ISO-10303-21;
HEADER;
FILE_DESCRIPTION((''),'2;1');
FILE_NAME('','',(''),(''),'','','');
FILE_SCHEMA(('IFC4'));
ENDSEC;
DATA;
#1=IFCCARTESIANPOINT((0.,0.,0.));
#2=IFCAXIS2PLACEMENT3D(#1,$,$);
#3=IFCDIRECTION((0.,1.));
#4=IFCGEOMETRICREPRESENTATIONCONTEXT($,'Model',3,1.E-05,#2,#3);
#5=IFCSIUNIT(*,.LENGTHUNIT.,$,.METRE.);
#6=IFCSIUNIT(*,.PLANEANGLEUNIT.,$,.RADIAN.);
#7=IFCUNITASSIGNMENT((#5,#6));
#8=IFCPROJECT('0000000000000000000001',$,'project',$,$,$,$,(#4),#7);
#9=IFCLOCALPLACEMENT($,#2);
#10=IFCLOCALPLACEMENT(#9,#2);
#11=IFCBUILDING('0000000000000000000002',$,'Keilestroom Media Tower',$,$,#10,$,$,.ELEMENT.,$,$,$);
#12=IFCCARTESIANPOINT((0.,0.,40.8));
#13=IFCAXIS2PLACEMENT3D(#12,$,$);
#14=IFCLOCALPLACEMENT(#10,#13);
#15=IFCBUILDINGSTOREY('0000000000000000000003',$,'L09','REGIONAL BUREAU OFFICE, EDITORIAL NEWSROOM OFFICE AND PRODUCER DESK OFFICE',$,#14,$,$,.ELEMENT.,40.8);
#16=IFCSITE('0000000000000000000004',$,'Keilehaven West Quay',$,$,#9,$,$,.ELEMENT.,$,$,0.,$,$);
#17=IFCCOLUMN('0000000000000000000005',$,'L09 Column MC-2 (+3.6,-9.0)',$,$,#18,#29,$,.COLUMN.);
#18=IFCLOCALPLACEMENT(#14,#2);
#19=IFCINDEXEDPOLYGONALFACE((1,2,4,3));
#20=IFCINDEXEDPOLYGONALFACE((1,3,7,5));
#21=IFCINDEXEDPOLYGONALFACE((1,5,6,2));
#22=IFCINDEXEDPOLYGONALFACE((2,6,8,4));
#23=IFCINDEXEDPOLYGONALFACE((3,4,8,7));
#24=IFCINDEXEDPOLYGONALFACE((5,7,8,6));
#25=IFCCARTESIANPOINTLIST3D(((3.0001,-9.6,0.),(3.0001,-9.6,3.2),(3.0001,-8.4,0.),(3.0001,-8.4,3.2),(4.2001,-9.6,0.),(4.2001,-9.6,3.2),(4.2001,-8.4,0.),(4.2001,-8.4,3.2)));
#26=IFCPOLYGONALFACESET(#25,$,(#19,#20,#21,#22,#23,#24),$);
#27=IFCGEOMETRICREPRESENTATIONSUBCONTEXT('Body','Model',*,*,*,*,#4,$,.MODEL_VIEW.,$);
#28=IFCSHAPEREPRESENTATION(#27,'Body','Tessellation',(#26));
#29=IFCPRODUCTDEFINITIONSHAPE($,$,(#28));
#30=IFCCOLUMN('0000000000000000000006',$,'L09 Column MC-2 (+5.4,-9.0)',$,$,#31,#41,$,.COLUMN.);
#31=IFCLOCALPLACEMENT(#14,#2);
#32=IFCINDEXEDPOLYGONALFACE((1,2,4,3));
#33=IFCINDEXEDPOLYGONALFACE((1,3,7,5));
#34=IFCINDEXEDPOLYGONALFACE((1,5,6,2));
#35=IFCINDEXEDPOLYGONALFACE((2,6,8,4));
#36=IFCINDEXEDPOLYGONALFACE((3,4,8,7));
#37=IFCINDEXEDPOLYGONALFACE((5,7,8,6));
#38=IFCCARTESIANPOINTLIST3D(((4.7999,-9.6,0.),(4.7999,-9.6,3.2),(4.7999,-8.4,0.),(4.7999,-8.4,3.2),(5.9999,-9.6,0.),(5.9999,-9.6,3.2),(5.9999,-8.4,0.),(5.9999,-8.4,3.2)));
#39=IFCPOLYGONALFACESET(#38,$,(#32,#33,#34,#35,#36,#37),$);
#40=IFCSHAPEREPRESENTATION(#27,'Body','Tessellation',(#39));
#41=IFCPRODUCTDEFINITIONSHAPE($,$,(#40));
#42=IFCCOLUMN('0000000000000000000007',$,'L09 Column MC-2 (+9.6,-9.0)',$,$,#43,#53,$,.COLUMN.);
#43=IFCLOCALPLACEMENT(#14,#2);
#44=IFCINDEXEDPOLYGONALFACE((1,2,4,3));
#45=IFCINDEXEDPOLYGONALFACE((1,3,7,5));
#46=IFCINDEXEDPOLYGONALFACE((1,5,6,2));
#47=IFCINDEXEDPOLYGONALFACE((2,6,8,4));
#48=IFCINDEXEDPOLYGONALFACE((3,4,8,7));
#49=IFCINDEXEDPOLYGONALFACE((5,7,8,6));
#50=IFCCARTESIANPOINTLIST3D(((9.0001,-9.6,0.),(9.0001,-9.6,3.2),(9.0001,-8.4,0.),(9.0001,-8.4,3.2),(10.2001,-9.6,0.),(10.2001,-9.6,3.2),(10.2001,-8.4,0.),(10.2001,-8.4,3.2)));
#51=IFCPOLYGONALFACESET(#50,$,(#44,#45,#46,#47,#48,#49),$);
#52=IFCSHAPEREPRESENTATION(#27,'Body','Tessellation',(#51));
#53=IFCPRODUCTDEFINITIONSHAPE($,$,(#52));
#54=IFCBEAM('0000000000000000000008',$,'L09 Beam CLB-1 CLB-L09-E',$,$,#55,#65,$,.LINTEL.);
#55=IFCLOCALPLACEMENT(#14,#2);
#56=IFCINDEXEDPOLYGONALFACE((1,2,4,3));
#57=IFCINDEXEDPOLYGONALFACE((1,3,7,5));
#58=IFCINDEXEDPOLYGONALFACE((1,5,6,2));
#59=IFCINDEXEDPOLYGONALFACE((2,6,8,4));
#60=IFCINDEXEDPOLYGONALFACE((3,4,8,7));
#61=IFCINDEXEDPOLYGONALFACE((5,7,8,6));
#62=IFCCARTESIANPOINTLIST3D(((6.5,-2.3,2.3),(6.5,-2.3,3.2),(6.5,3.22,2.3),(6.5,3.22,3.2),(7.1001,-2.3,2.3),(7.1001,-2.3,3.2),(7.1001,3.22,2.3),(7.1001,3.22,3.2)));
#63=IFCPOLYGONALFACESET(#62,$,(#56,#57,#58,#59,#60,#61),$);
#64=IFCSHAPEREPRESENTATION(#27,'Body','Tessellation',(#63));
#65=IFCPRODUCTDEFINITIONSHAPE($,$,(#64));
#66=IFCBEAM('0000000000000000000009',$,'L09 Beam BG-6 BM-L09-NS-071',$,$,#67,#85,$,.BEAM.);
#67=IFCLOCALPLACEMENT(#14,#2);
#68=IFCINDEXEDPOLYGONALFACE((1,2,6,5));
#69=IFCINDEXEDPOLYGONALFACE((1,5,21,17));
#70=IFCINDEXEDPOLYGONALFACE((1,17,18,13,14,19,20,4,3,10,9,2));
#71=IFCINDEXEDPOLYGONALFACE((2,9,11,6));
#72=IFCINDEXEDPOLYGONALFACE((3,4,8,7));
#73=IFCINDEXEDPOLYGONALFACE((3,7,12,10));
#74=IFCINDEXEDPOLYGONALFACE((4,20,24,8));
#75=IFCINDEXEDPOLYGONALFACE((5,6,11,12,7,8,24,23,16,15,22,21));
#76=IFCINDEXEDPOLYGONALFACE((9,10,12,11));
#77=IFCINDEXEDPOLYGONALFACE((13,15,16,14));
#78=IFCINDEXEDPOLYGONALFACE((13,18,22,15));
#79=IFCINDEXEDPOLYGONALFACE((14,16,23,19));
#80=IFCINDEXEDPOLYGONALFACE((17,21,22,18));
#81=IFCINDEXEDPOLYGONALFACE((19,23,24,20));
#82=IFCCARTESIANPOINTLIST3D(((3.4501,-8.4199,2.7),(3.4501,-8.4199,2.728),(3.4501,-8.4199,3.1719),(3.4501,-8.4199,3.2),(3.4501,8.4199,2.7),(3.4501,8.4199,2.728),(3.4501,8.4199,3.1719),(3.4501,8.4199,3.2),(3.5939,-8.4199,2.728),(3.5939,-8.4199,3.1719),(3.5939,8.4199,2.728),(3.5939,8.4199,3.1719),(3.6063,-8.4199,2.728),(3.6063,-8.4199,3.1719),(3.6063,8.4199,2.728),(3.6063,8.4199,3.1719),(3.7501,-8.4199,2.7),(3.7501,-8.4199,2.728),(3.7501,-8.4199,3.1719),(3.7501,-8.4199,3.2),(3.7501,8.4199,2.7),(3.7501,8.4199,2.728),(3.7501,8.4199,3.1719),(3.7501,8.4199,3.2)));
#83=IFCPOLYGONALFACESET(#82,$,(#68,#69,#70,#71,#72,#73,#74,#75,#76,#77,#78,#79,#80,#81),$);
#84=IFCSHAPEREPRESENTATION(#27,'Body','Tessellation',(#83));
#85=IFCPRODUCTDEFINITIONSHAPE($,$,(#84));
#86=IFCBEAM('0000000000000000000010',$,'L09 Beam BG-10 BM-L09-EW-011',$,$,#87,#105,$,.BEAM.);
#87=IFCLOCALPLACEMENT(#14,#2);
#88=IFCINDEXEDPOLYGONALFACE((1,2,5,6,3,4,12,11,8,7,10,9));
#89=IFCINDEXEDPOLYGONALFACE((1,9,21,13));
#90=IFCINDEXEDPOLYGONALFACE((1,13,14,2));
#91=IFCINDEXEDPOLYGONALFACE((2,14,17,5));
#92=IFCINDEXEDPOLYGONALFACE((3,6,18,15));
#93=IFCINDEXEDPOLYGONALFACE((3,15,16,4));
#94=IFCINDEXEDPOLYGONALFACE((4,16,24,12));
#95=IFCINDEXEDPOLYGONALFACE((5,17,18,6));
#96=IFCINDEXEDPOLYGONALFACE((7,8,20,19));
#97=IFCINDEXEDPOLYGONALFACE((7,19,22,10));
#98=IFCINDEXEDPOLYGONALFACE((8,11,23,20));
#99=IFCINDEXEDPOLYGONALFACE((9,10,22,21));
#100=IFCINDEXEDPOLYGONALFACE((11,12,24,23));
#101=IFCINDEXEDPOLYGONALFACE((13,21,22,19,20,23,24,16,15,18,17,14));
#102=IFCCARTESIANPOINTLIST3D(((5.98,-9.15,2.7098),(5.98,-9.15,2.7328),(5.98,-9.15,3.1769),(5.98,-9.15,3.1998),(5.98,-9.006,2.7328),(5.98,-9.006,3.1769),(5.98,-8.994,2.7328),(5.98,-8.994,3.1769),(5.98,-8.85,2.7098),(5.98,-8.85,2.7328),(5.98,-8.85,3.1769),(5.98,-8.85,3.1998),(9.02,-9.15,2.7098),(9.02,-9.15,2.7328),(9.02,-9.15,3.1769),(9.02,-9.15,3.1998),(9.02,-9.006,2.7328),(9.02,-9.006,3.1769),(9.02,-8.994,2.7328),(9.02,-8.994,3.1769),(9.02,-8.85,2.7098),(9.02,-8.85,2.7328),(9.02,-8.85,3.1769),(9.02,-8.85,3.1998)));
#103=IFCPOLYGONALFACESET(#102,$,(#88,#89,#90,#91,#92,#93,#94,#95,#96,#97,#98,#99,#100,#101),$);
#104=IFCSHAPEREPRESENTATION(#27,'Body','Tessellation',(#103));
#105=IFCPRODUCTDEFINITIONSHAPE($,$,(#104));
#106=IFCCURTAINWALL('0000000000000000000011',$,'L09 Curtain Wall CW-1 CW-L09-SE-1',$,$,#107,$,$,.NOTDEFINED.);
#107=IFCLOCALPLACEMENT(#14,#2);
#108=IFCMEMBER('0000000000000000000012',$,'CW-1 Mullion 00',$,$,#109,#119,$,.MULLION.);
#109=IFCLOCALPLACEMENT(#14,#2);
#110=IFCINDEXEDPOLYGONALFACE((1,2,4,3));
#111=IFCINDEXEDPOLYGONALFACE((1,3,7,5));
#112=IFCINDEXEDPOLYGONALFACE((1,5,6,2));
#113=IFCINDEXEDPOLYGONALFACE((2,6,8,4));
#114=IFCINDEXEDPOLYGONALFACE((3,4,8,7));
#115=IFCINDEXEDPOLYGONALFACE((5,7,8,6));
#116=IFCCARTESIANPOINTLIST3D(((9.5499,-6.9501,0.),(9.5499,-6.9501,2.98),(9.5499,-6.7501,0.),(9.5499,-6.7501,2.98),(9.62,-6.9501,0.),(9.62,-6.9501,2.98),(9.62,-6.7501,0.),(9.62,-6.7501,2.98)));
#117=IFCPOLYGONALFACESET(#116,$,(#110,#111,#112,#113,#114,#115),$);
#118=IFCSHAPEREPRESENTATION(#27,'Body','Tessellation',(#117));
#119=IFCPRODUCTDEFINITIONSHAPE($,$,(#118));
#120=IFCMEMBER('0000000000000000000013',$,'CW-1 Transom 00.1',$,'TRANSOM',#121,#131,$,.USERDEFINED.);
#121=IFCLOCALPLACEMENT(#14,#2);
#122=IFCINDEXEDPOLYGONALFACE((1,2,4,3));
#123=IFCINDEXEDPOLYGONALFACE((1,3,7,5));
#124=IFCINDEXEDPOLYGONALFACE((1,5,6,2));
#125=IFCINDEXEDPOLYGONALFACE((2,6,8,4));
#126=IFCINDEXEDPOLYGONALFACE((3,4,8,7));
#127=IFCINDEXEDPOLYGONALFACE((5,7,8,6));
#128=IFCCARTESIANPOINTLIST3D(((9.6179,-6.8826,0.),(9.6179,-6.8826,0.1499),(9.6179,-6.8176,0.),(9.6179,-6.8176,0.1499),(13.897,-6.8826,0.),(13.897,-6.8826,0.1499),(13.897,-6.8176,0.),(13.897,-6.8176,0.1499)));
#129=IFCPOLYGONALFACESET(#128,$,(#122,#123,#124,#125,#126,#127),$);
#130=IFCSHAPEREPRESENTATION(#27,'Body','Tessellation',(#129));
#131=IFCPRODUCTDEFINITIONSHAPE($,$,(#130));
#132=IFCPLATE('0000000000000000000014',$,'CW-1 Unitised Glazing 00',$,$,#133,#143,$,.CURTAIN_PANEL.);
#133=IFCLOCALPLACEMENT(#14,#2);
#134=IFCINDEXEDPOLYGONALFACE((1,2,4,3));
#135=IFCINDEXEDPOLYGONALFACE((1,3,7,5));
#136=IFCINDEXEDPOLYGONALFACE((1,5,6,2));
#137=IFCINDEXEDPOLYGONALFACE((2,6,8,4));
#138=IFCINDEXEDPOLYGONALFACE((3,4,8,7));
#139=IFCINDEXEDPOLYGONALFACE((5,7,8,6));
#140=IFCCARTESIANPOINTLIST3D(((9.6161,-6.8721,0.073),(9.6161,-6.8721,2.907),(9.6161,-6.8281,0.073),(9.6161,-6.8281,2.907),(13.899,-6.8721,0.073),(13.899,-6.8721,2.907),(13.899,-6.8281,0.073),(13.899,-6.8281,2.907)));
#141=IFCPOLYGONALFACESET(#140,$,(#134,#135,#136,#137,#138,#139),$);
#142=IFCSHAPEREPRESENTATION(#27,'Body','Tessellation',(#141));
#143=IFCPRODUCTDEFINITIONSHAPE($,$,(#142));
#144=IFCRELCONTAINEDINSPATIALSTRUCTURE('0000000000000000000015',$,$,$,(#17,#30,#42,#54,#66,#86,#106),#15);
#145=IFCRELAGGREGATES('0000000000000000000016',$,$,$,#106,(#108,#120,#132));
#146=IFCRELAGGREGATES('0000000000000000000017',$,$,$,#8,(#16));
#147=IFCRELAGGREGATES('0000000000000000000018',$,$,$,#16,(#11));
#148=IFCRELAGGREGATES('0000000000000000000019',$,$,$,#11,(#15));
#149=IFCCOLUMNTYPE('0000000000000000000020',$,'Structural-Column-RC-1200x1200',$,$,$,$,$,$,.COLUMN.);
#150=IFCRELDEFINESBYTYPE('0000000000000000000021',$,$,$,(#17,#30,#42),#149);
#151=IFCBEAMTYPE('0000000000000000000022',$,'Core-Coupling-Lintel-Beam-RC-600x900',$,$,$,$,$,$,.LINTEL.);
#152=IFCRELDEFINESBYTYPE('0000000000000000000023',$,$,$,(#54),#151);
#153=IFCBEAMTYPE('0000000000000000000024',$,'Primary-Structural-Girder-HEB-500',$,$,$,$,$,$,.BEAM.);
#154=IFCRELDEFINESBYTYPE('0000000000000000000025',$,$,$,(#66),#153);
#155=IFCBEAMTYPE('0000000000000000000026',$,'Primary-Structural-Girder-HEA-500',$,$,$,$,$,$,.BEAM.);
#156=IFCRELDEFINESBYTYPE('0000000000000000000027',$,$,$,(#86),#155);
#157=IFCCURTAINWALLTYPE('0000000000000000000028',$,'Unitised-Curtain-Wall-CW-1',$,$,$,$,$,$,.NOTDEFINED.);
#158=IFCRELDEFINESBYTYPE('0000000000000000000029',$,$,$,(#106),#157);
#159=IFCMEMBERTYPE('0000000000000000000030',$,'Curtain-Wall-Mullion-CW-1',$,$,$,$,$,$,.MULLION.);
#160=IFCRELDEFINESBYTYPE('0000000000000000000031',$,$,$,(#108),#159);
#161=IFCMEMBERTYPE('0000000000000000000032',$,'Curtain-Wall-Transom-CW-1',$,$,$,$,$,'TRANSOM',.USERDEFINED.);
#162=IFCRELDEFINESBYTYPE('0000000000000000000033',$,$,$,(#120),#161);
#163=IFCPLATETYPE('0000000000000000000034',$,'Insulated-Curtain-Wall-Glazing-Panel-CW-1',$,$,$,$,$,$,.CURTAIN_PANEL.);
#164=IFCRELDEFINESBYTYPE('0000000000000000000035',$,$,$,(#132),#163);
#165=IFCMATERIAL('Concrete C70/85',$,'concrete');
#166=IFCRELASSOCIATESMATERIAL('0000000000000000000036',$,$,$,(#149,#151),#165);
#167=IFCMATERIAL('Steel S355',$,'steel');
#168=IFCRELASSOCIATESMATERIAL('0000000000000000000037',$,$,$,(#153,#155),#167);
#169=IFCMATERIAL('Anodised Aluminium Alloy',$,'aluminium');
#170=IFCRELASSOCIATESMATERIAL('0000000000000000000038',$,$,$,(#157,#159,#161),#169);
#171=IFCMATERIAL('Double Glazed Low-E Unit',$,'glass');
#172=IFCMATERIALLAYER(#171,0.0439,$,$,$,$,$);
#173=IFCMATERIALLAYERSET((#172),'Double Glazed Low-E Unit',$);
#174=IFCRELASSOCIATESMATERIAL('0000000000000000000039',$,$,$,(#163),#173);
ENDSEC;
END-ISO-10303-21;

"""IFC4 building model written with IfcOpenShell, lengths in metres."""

from ifc_helpers import new_model, si_unit, direction, frame, origin, origin_2d, place, context, subcontext, project, spatial, rectangle, i_section, extrude, source, transform, mapped, material, layer, layer_set, material_profile, profile_set, type_object, element, aggregate, save


model = new_model("IFC4")

# Units and contexts
model_context = context("Model", 3, precision=1e-05, world=origin(), true_north=direction((0.0, 1.0)))
body_context = subcontext(model_context, "Body", "Model", "MODEL_VIEW")
ifc_project = project(units=[si_unit("LENGTHUNIT", "METRE"), si_unit("PLANEANGLEUNIT", "RADIAN")], contexts=[model_context])

# Site, building, storey
site_placement = place(None, origin())
site = spatial("IfcSite", under=ifc_project, at=site_placement, Name="Keilehaven West Quay", CompositionType="ELEMENT", RefElevation=0.0)
building_placement = place(site_placement, origin())
building = spatial("IfcBuilding", under=site, at=building_placement, Name="Keilestroom Media Tower", CompositionType="ELEMENT")
storey_placement = place(building_placement, frame((0.0, 0.0, 40.8)))
storey = spatial("IfcBuildingStorey", under=building, at=storey_placement, Name="L09", Description="REGIONAL BUREAU OFFICE, EDITORIAL NEWSROOM OFFICE AND PRODUCER DESK OFFICE", CompositionType="ELEMENT", Elevation=40.8)

# Columns
ifc_material_1 = material(Name="Concrete C70/85", Category="concrete")
ifc_material_profile_1 = material_profile(ifc_material_1, rectangle(XDim=1.2, YDim=1.2, at=origin_2d()), Name="RC 1200x1200")
ifc_profile_set_1 = profile_set([ifc_material_profile_1], Name="Concrete C70/85")
column_type = type_object("IfcColumnType", Name="Structural-Column-RC-1200x1200", PredefinedType="COLUMN", material=ifc_profile_set_1)
shared_shape_1 = source(origin(), body_context, "Body", "SweptSolid", [
    extrude(rectangle(XDim=1.2, YDim=1.2, at=origin_2d()), origin(), (0.0, 0.0, 1.0), 3.2),
])
for number, where, z_axis, x_axis, name in (
    (1, (3.6001, -9.0, 0.0), (0.0, 0.0, 1.0), (1.0, 0.0, 0.0), "L09 Column MC-2 (+3.6,-9.0)"),
    (2, (5.3999, -9.0, 0.0), (0.0, 0.0, 1.0), (1.0, 0.0, 0.0), "L09 Column MC-2 (+5.4,-9.0)"),
    (3, (9.6001, -9.0, 0.0), (0.0, 0.0, 1.0), (1.0, 0.0, 0.0), "L09 Column MC-2 (+9.6,-9.0)"),
):
    element("IfcColumn", number, at=place(storey_placement, frame(where, z_axis=z_axis, x_axis=x_axis)), inside=storey, type_object=column_type, Name=name, PredefinedType="COLUMN", context=body_context, shape_type="MappedRepresentation", body=[
        mapped(shared_shape_1, transform((0.0, 0.0, 0.0), x_axis=(1.0, 0.0, 0.0), y_axis=(0.0, 1.0, 0.0), z_axis=(0.0, 0.0, 1.0), scale=1.0)),
    ])

# Beams
ifc_material_profile_2 = material_profile(ifc_material_1, rectangle(XDim=0.6001, YDim=0.8999, at=origin_2d()), Name="RC 600x900")
ifc_profile_set_2 = profile_set([ifc_material_profile_2], Name="Concrete C70/85")
beam_type_1 = type_object("IfcBeamType", Name="Core-Coupling-Lintel-Beam-RC-600x900", PredefinedType="LINTEL", material=ifc_profile_set_2)
shared_shape_2 = source(origin(), body_context, "Body", "SweptSolid", [
    extrude(rectangle(XDim=0.6001, YDim=0.8999, at=origin_2d()), origin(), (0.0, 0.0, 1.0), 5.52),
])
beam_1_placement = place(storey_placement, frame((6.8, -2.3, 2.75), z_axis=(0.0, 1.0, 0.0), x_axis=(-1.0, 0.0, 0.0)))
element("IfcBeam", 4, at=beam_1_placement, inside=storey, type_object=beam_type_1, Name="L09 Beam CLB-1 CLB-L09-E", PredefinedType="LINTEL", context=body_context, shape_type="MappedRepresentation", body=[
    mapped(shared_shape_2, transform((0.0, 0.0, 0.0), x_axis=(1.0, 0.0, 0.0), y_axis=(0.0, 1.0, 0.0), z_axis=(0.0, 0.0, 1.0), scale=1.0)),
])
ifc_material_2 = material(Name="Steel S355", Category="steel")
ifc_material_profile_3 = material_profile(ifc_material_2, i_section(OverallWidth=0.3, OverallDepth=0.5, WebThickness=0.0125, FlangeThickness=0.0281, at=origin_2d()), Name="HEB 500")
ifc_profile_set_3 = profile_set([ifc_material_profile_3], Name="Steel S355")
beam_type_2 = type_object("IfcBeamType", Name="Primary-Structural-Girder-HEB-500", PredefinedType="BEAM", material=ifc_profile_set_3)
shared_shape_3 = source(origin(), body_context, "Body", "SweptSolid", [
    extrude(i_section(OverallWidth=0.3, OverallDepth=0.5, WebThickness=0.0125, FlangeThickness=0.0281, at=origin_2d()), origin(), (0.0, 0.0, 1.0), 16.8398),
])
beam_2_placement = place(storey_placement, frame((3.6001, -8.4199, 2.95), z_axis=(0.0, 1.0, 0.0), x_axis=(-1.0, 0.0, 0.0)))
element("IfcBeam", 5, at=beam_2_placement, inside=storey, type_object=beam_type_2, Name="L09 Beam BG-6 BM-L09-NS-071", PredefinedType="BEAM", context=body_context, shape_type="MappedRepresentation", body=[
    mapped(shared_shape_3, transform((0.0, 0.0, 0.0), x_axis=(1.0, 0.0, 0.0), y_axis=(0.0, 1.0, 0.0), z_axis=(0.0, 0.0, 1.0), scale=1.0)),
])
ifc_material_profile_4 = material_profile(ifc_material_2, i_section(OverallWidth=0.3, OverallDepth=0.49, WebThickness=0.012, FlangeThickness=0.0229, at=origin_2d()), Name="HEA 500")
ifc_profile_set_4 = profile_set([ifc_material_profile_4], Name="Steel S355")
beam_type_3 = type_object("IfcBeamType", Name="Primary-Structural-Girder-HEA-500", PredefinedType="BEAM", material=ifc_profile_set_4)
shared_shape_4 = source(origin(), body_context, "Body", "SweptSolid", [
    extrude(i_section(OverallWidth=0.3, OverallDepth=0.49, WebThickness=0.012, FlangeThickness=0.0229, at=origin_2d()), origin(), (0.0, 0.0, 1.0), 3.04),
])
beam_3_placement = place(storey_placement, frame((5.98, -9.0, 2.9548), z_axis=(1.0, 0.0, 0.0), x_axis=(0.0, 1.0, 0.0)))
element("IfcBeam", 6, at=beam_3_placement, inside=storey, type_object=beam_type_3, Name="L09 Beam BG-10 BM-L09-EW-011", PredefinedType="BEAM", context=body_context, shape_type="MappedRepresentation", body=[
    mapped(shared_shape_4, transform((0.0, 0.0, 0.0), x_axis=(1.0, 0.0, 0.0), y_axis=(0.0, 1.0, 0.0), z_axis=(0.0, 0.0, 1.0), scale=1.0)),
])

# Curtain wall, members, plate
ifc_material_3 = material(Name="Anodised Aluminium Alloy", Category="aluminium")
curtain_wall_type = type_object("IfcCurtainWallType", Name="Unitised-Curtain-Wall-CW-1", PredefinedType="NOTDEFINED", material=ifc_material_3)
curtain_wall_placement = place(storey_placement, origin())
curtain_wall = element("IfcCurtainWall", 7, at=curtain_wall_placement, inside=storey, type_object=curtain_wall_type, Name="L09 Curtain Wall CW-1 CW-L09-SE-1", PredefinedType="NOTDEFINED")
ifc_material_profile_5 = material_profile(ifc_material_3, rectangle(XDim=0.0701, YDim=0.2, at=origin_2d()), Name="ALU MULLION 70x200")
ifc_profile_set_5 = profile_set([ifc_material_profile_5], Name="Anodised Aluminium Alloy")
member_type_1 = type_object("IfcMemberType", Name="Curtain-Wall-Mullion-CW-1", PredefinedType="MULLION", material=ifc_profile_set_5)
shared_shape_5 = source(origin(), body_context, "Body", "SweptSolid", [
    extrude(rectangle(XDim=0.0701, YDim=0.2, at=origin_2d()), origin(), (0.0, 0.0, 1.0), 2.98),
])
member_1_placement = place(storey_placement, frame((9.585, -6.8501, 0.0), z_axis=(0.0, 0.0, 1.0), x_axis=(1.0, 0.0, 0.0)))
member_1 = element("IfcMember", 8, at=member_1_placement, type_object=member_type_1, Name="CW-1 Mullion 00", PredefinedType="MULLION", context=body_context, shape_type="MappedRepresentation", body=[
    mapped(shared_shape_5, transform((0.0, 0.0, 0.0), x_axis=(1.0, 0.0, 0.0), y_axis=(0.0, 1.0, 0.0), z_axis=(0.0, 0.0, 1.0), scale=1.0)),
])
ifc_material_profile_6 = material_profile(ifc_material_3, rectangle(XDim=0.0649, YDim=0.1499, at=origin_2d()), Name="ALU TRANSOM 65x150")
ifc_profile_set_6 = profile_set([ifc_material_profile_6], Name="Anodised Aluminium Alloy")
member_type_2 = type_object("IfcMemberType", Name="Curtain-Wall-Transom-CW-1", ElementType="TRANSOM", PredefinedType="USERDEFINED", material=ifc_profile_set_6)
shared_shape_6 = source(origin(), body_context, "Body", "SweptSolid", [
    extrude(rectangle(XDim=0.0649, YDim=0.1499, at=origin_2d()), origin(), (0.0, 0.0, 1.0), 4.2791),
])
member_2_placement = place(storey_placement, frame((9.6179, -6.8501, 0.075), z_axis=(1.0, 0.0, 0.0), x_axis=(0.0, 1.0, 0.0)))
member_2 = element("IfcMember", 9, at=member_2_placement, type_object=member_type_2, Name="CW-1 Transom 00.1", ObjectType="TRANSOM", PredefinedType="USERDEFINED", context=body_context, shape_type="MappedRepresentation", body=[
    mapped(shared_shape_6, transform((0.0, 0.0, 0.0), x_axis=(1.0, 0.0, 0.0), y_axis=(0.0, 1.0, 0.0), z_axis=(0.0, 0.0, 1.0), scale=1.0)),
])
ifc_material_4 = material(Name="Double Glazed Low-E Unit", Category="glass")
ifc_layer_1 = layer(ifc_material_4, 0.0439)
ifc_layer_set_1 = layer_set([ifc_layer_1], Name="Double Glazed Low-E Unit")
plate_type = type_object("IfcPlateType", Name="Insulated-Curtain-Wall-Glazing-Panel-CW-1", PredefinedType="CURTAIN_PANEL", material=ifc_layer_set_1)
shared_shape_7 = source(origin(), body_context, "Body", "SweptSolid", [
    extrude(rectangle(XDim=4.283, YDim=0.0439, at=origin_2d()), origin(), (0.0, 0.0, 1.0), 2.834),
])
plate_placement = place(storey_placement, frame((11.7576, -6.8501, 0.073), z_axis=(0.0, 0.0, 1.0), x_axis=(1.0, 0.0, 0.0)))
plate = element("IfcPlate", 10, at=plate_placement, type_object=plate_type, Name="CW-1 Unitised Glazing 00", PredefinedType="CURTAIN_PANEL", context=body_context, shape_type="MappedRepresentation", body=[
    mapped(shared_shape_7, transform((0.0, 0.0, 0.0), x_axis=(1.0, 0.0, 0.0), y_axis=(0.0, 1.0, 0.0), z_axis=(0.0, 0.0, 1.0), scale=1.0)),
])
aggregate(curtain_wall, [member_1, member_2, plate])

save(model, "model.ifc")
